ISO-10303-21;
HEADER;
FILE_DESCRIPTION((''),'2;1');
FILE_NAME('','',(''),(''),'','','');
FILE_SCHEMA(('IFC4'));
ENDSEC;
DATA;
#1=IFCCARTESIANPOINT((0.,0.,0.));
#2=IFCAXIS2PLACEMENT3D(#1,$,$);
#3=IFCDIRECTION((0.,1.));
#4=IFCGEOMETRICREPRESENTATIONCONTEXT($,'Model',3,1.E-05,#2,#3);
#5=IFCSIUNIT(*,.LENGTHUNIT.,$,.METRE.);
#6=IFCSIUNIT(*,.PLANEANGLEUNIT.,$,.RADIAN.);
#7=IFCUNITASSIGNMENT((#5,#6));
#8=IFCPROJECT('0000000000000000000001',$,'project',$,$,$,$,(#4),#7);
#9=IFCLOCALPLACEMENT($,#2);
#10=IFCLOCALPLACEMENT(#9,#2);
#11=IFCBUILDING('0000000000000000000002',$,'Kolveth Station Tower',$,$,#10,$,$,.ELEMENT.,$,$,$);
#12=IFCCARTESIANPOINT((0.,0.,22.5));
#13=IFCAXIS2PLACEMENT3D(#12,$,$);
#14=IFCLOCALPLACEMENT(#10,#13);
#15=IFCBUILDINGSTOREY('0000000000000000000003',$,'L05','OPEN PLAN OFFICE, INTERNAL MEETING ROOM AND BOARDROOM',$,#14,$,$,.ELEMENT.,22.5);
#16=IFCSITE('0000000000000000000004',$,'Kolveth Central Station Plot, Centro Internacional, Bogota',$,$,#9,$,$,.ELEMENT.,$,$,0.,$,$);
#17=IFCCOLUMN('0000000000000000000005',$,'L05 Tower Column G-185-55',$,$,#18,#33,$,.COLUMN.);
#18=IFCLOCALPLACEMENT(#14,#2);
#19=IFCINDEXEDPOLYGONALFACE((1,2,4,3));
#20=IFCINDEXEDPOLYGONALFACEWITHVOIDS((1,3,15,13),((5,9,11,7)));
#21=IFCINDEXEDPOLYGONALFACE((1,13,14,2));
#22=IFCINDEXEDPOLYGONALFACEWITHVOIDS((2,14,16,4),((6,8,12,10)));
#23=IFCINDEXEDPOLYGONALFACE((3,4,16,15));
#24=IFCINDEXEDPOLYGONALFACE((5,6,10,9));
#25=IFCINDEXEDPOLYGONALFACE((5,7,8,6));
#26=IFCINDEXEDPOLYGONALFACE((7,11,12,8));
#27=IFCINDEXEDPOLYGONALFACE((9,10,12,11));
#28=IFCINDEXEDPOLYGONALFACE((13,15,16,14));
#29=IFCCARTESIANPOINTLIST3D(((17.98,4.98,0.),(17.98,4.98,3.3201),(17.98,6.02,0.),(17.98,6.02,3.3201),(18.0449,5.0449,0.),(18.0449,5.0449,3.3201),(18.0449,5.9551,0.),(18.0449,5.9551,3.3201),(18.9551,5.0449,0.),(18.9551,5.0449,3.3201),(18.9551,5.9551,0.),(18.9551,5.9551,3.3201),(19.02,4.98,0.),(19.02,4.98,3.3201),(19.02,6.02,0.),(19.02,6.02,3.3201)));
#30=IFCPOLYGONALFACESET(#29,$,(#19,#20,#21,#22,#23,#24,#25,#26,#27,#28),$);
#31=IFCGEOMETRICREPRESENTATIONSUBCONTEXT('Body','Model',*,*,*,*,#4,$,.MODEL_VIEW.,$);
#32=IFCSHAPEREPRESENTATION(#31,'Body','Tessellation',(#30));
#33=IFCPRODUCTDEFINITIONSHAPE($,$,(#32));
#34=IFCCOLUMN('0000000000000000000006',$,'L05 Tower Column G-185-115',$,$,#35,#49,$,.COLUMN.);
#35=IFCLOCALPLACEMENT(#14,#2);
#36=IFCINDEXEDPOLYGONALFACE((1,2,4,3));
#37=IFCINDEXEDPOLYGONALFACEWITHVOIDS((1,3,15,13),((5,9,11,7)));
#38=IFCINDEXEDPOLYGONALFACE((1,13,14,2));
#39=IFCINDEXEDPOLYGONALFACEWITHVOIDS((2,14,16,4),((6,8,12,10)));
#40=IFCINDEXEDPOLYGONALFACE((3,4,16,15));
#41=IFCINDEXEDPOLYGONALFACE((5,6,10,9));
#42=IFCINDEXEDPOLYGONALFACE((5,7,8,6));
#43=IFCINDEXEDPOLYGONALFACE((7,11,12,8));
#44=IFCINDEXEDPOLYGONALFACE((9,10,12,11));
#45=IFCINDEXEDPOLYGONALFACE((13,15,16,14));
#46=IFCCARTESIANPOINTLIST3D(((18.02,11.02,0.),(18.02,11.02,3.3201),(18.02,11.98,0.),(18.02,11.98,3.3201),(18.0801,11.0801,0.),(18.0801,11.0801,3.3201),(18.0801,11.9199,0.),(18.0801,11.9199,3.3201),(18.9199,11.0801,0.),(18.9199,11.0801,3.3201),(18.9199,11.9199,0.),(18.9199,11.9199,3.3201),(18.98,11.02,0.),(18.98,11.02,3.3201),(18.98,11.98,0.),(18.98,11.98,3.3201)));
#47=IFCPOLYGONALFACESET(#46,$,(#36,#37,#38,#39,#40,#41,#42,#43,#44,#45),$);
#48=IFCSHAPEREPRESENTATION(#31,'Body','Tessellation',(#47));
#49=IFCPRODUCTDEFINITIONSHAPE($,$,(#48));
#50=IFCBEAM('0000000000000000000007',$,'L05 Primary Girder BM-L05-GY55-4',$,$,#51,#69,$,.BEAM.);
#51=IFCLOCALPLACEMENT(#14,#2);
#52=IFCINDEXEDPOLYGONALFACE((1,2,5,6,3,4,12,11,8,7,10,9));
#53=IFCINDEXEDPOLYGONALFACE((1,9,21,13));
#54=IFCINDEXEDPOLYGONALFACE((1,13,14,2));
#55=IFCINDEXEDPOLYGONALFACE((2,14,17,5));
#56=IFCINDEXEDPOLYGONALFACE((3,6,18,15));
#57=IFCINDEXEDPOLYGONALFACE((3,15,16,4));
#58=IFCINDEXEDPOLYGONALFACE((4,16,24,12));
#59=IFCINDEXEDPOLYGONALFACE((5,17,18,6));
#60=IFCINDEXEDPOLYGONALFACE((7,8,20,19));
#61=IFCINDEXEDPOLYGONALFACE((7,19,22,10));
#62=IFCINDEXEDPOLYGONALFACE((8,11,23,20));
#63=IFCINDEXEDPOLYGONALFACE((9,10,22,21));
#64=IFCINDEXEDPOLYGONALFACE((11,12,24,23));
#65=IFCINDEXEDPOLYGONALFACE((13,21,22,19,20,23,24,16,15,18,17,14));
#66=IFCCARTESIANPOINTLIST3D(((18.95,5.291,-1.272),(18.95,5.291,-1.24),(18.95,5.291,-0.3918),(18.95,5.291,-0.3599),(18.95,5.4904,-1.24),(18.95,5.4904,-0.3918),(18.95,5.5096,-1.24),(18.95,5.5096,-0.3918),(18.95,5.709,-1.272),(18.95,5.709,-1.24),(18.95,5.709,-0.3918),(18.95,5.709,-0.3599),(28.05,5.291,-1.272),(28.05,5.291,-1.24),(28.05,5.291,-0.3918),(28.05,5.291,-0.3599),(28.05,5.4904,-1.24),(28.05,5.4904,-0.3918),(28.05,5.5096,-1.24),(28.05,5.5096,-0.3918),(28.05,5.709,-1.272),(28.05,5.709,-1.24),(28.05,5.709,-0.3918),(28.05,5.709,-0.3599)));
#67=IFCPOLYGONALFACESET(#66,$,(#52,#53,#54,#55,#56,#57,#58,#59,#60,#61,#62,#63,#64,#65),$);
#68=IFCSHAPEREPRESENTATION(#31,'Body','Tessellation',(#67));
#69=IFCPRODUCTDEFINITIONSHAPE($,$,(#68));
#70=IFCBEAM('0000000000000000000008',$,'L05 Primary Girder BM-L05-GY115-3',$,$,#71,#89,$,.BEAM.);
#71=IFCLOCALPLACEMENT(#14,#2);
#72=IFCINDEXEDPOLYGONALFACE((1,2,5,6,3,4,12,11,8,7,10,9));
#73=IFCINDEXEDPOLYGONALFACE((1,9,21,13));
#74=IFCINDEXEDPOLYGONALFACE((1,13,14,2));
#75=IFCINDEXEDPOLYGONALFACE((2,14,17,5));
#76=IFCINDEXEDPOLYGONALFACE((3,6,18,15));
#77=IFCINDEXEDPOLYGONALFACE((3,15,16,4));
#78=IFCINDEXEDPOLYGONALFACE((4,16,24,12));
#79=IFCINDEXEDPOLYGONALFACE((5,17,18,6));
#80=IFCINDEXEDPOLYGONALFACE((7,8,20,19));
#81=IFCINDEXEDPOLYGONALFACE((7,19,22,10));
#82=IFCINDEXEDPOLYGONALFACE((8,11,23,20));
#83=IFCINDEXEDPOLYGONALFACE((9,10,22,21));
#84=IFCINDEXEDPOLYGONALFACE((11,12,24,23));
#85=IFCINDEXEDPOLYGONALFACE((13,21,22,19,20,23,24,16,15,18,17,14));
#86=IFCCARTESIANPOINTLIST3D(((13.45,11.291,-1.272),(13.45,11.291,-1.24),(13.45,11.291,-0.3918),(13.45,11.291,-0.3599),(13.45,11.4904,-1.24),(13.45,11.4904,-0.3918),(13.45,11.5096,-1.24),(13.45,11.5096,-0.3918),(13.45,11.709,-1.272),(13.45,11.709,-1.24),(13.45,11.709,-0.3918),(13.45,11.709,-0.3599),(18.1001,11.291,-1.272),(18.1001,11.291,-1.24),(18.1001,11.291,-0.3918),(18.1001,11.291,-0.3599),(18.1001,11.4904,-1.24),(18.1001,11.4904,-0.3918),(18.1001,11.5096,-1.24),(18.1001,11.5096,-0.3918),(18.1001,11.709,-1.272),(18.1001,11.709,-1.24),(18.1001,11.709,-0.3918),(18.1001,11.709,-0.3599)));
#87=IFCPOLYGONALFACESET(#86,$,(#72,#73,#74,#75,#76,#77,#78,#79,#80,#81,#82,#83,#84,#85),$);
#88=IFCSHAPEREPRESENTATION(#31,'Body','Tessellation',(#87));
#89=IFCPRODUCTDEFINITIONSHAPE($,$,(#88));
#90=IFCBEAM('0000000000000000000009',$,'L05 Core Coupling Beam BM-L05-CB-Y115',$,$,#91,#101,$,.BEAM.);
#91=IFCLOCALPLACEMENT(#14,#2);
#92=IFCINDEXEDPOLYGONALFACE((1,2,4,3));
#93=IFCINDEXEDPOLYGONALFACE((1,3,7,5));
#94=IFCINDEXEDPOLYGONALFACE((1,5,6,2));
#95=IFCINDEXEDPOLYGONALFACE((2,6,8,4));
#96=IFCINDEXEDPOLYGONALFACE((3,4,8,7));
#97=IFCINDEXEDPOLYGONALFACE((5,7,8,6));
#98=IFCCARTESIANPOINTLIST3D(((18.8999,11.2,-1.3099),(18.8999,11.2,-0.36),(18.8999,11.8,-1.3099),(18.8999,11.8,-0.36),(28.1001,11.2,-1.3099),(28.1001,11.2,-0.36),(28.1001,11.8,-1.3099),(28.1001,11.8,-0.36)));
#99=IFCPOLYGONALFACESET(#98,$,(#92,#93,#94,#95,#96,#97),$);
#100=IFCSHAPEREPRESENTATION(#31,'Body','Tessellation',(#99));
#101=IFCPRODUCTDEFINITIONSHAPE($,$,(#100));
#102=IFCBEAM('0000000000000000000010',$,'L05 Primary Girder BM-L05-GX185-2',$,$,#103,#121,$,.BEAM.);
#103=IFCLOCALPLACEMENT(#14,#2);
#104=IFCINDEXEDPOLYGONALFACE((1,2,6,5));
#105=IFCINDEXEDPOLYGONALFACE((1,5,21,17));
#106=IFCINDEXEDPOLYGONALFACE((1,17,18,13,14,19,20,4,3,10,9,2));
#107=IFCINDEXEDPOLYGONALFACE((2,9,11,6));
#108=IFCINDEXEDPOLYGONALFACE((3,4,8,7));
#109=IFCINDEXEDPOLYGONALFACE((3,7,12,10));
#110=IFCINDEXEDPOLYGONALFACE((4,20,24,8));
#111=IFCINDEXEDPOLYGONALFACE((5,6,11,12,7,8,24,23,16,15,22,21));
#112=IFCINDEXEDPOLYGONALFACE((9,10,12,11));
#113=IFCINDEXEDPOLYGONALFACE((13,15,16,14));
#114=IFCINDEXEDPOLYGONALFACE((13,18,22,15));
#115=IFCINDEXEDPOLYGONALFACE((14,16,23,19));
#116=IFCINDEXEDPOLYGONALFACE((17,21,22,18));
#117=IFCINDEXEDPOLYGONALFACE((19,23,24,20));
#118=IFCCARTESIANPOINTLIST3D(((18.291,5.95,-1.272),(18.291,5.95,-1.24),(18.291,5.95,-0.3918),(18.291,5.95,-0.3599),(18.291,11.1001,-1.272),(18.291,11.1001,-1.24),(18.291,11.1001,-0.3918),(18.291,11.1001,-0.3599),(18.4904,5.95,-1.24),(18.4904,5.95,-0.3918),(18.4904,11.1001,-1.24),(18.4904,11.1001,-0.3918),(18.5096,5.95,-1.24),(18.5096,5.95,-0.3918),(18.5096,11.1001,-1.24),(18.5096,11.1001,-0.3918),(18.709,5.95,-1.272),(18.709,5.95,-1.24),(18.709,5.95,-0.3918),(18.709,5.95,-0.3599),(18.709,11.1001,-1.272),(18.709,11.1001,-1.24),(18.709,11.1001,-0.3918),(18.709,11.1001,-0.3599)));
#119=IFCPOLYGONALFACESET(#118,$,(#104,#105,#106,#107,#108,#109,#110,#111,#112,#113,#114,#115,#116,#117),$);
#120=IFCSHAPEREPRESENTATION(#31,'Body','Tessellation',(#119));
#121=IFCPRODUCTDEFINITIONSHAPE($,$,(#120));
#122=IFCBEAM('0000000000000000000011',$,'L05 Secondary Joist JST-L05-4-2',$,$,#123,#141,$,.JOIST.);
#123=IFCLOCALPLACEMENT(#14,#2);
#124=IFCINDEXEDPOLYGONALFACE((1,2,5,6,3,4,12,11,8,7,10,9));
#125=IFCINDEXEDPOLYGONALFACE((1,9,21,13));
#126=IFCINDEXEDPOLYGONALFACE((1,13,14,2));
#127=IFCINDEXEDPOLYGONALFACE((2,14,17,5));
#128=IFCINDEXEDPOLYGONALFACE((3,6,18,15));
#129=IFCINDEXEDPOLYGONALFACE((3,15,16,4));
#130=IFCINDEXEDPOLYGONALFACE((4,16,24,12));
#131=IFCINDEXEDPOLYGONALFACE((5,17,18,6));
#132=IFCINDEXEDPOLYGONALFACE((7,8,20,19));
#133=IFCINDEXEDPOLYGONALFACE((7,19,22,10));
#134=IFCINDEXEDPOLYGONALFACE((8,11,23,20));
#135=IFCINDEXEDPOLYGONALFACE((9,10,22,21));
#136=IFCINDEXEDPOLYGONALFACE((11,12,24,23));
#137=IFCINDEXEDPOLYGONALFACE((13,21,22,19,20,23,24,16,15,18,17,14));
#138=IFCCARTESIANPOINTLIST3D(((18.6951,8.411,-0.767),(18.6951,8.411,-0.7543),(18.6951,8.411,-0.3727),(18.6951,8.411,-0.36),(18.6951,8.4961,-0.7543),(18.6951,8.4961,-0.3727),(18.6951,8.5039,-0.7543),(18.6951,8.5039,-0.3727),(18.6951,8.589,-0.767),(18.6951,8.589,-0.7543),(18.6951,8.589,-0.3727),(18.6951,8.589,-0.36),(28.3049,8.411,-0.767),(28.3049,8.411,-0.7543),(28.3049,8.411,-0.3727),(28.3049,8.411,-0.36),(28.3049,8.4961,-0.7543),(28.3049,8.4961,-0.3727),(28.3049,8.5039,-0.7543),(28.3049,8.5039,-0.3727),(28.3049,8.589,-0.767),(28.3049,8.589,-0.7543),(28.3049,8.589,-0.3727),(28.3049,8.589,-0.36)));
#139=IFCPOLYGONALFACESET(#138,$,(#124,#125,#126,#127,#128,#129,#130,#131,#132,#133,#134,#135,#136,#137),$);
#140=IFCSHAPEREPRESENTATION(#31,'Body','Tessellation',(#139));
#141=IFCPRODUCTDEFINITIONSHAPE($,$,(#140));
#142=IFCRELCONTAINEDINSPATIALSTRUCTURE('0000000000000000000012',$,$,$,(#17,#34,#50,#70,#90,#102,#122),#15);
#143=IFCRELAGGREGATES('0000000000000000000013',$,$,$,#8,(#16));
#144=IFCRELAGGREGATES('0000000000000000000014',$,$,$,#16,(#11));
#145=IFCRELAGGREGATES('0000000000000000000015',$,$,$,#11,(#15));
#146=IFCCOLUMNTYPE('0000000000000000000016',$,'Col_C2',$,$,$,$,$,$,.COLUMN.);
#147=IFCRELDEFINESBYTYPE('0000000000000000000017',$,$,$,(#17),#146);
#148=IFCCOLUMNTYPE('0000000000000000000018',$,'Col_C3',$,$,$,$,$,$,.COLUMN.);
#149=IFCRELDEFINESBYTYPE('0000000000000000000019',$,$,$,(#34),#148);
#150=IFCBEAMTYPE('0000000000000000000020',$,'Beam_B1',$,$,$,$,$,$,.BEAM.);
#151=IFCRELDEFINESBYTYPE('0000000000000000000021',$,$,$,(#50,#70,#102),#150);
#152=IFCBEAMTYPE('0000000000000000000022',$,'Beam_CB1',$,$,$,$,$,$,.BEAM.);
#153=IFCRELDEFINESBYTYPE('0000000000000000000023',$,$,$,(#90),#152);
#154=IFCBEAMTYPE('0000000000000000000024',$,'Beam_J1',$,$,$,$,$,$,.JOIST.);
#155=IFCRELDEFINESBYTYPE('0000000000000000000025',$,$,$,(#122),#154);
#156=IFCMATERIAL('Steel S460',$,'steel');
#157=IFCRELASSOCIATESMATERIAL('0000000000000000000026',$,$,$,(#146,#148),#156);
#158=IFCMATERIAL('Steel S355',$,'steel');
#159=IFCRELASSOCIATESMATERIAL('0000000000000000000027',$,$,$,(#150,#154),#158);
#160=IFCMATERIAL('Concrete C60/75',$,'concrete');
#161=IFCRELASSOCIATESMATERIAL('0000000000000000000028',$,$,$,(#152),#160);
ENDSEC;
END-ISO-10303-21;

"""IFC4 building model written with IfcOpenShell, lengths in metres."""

from ifc_helpers import new_model, si_unit, direction, frame, origin, origin_2d, place, context, subcontext, project, spatial, rectangle, hollow_rectangle, i_section, extrude, source, transform, mapped, material, material_profile, profile_set, type_object, element, save


model = new_model("IFC4")

# Units and contexts
model_context = context("Model", 3, precision=1e-05, world=origin(), true_north=direction((0.0, 1.0)))
body_context = subcontext(model_context, "Body", "Model", "MODEL_VIEW")
ifc_project = project(units=[si_unit("LENGTHUNIT", "METRE"), si_unit("PLANEANGLEUNIT", "RADIAN")], contexts=[model_context])

# Site, building, storey
site_placement = place(None, origin())
site = spatial("IfcSite", under=ifc_project, at=site_placement, Name="Kolveth Central Station Plot, Centro Internacional, Bogota", CompositionType="ELEMENT", RefElevation=0.0)
building_placement = place(site_placement, origin())
building = spatial("IfcBuilding", under=site, at=building_placement, Name="Kolveth Station Tower", CompositionType="ELEMENT")
storey_placement = place(building_placement, frame((0.0, 0.0, 22.5)))
storey = spatial("IfcBuildingStorey", under=building, at=storey_placement, Name="L05", Description="OPEN PLAN OFFICE, INTERNAL MEETING ROOM AND BOARDROOM", CompositionType="ELEMENT", Elevation=22.5)

# Columns
ifc_material_1 = material(Name="Steel S460", Category="steel")
ifc_material_profile_1 = material_profile(ifc_material_1, hollow_rectangle(XDim=1.04, YDim=1.04, WallThickness=0.0649, at=origin_2d()), Name="BOX1040x1040x65")
ifc_profile_set_1 = profile_set([ifc_material_profile_1], Name="Steel S460")
column_type_1 = type_object("IfcColumnType", Name="Col_C2", PredefinedType="COLUMN", material=ifc_profile_set_1)
shared_shape_1 = source(origin(), body_context, "Body", "SweptSolid", [
    extrude(hollow_rectangle(XDim=1.04, YDim=1.04, WallThickness=0.0649, at=origin_2d()), origin(), (0.0, 0.0, 1.0), 3.3201),
])
column_1_placement = place(storey_placement, frame((18.5, 5.5, 0.0), z_axis=(0.0, 0.0, 1.0), x_axis=(1.0, 0.0, 0.0)))
element("IfcColumn", 1, at=column_1_placement, inside=storey, type_object=column_type_1, Name="L05 Tower Column G-185-55", PredefinedType="COLUMN", context=body_context, shape_type="MappedRepresentation", body=[
    mapped(shared_shape_1, transform((0.0, 0.0, 0.0), x_axis=(1.0, 0.0, 0.0), y_axis=(0.0, 1.0, 0.0), z_axis=(0.0, 0.0, 1.0), scale=1.0)),
])
ifc_material_profile_2 = material_profile(ifc_material_1, hollow_rectangle(XDim=0.96, YDim=0.96, WallThickness=0.0601, at=origin_2d()), Name="BOX960x960x60")
ifc_profile_set_2 = profile_set([ifc_material_profile_2], Name="Steel S460")
column_type_2 = type_object("IfcColumnType", Name="Col_C3", PredefinedType="COLUMN", material=ifc_profile_set_2)
shared_shape_2 = source(origin(), body_context, "Body", "SweptSolid", [
    extrude(hollow_rectangle(XDim=0.96, YDim=0.96, WallThickness=0.0601, at=origin_2d()), origin(), (0.0, 0.0, 1.0), 3.3201),
])
column_2_placement = place(storey_placement, frame((18.5, 11.5, 0.0), z_axis=(0.0, 0.0, 1.0), x_axis=(1.0, 0.0, 0.0)))
element("IfcColumn", 2, at=column_2_placement, inside=storey, type_object=column_type_2, Name="L05 Tower Column G-185-115", PredefinedType="COLUMN", context=body_context, shape_type="MappedRepresentation", body=[
    mapped(shared_shape_2, transform((0.0, 0.0, 0.0), x_axis=(1.0, 0.0, 0.0), y_axis=(0.0, 1.0, 0.0), z_axis=(0.0, 0.0, 1.0), scale=1.0)),
])

# Beams
ifc_material_2 = material(Name="Steel S355", Category="steel")
ifc_material_profile_3 = material_profile(ifc_material_2, i_section(OverallWidth=0.418, OverallDepth=0.9121, WebThickness=0.0193, FlangeThickness=0.032, at=origin_2d()), Name="W920x342")
ifc_profile_set_3 = profile_set([ifc_material_profile_3], Name="Steel S355")
beam_type_1 = type_object("IfcBeamType", Name="Beam_B1", PredefinedType="BEAM", material=ifc_profile_set_3)
shared_shape_3 = source(origin(), body_context, "Body", "SweptSolid", [
    extrude(i_section(OverallWidth=0.418, OverallDepth=0.9121, WebThickness=0.0193, FlangeThickness=0.032, at=origin_2d()), origin(), (0.0, 0.0, 1.0), 9.1001),
])
beam_1_placement = place(storey_placement, frame((18.95, 5.5, -0.8159), z_axis=(1.0, 0.0, 0.0), x_axis=(0.0, 1.0, 0.0)))
element("IfcBeam", 3, at=beam_1_placement, inside=storey, type_object=beam_type_1, Name="L05 Primary Girder BM-L05-GY55-4", PredefinedType="BEAM", context=body_context, shape_type="MappedRepresentation", body=[
    mapped(shared_shape_3, transform((0.0, 0.0, 0.0), x_axis=(1.0, 0.0, 0.0), y_axis=(0.0, 1.0, 0.0), z_axis=(0.0, 0.0, 1.0), scale=1.0)),
])
shared_shape_4 = source(origin(), body_context, "Body", "SweptSolid", [
    extrude(i_section(OverallWidth=0.418, OverallDepth=0.9121, WebThickness=0.0193, FlangeThickness=0.032, at=origin_2d()), origin(), (0.0, 0.0, 1.0), 4.6501),
])
beam_2_placement = place(storey_placement, frame((13.45, 11.5, -0.8159), z_axis=(1.0, 0.0, 0.0), x_axis=(0.0, 1.0, 0.0)))
element("IfcBeam", 4, at=beam_2_placement, inside=storey, type_object=beam_type_1, Name="L05 Primary Girder BM-L05-GY115-3", PredefinedType="BEAM", context=body_context, shape_type="MappedRepresentation", body=[
    mapped(shared_shape_4, transform((0.0, 0.0, 0.0), x_axis=(1.0, 0.0, 0.0), y_axis=(0.0, 1.0, 0.0), z_axis=(0.0, 0.0, 1.0), scale=1.0)),
])
ifc_material_3 = material(Name="Concrete C60/75", Category="concrete")
ifc_material_profile_4 = material_profile(ifc_material_3, rectangle(XDim=0.6001, YDim=0.95, at=origin_2d()), Name="RC-600x950")
ifc_profile_set_4 = profile_set([ifc_material_profile_4], Name="Concrete C60/75")
beam_type_2 = type_object("IfcBeamType", Name="Beam_CB1", PredefinedType="BEAM", material=ifc_profile_set_4)
shared_shape_5 = source(origin(), body_context, "Body", "SweptSolid", [
    extrude(rectangle(XDim=0.6001, YDim=0.95, at=origin_2d()), origin(), (0.0, 0.0, 1.0), 9.2002),
])
beam_3_placement = place(storey_placement, frame((18.8999, 11.5, -0.835), z_axis=(1.0, 0.0, 0.0), x_axis=(0.0, 1.0, 0.0)))
element("IfcBeam", 5, at=beam_3_placement, inside=storey, type_object=beam_type_2, Name="L05 Core Coupling Beam BM-L05-CB-Y115", PredefinedType="BEAM", context=body_context, shape_type="MappedRepresentation", body=[
    mapped(shared_shape_5, transform((0.0, 0.0, 0.0), x_axis=(1.0, 0.0, 0.0), y_axis=(0.0, 1.0, 0.0), z_axis=(0.0, 0.0, 1.0), scale=1.0)),
])
shared_shape_6 = source(origin(), body_context, "Body", "SweptSolid", [
    extrude(i_section(OverallWidth=0.418, OverallDepth=0.9121, WebThickness=0.0193, FlangeThickness=0.032, at=origin_2d()), origin(), (0.0, 0.0, 1.0), 5.1501),
])
beam_4_placement = place(storey_placement, frame((18.5, 5.95, -0.8159), z_axis=(0.0, 1.0, 0.0), x_axis=(-1.0, 0.0, 0.0)))
element("IfcBeam", 6, at=beam_4_placement, inside=storey, type_object=beam_type_1, Name="L05 Primary Girder BM-L05-GX185-2", PredefinedType="BEAM", context=body_context, shape_type="MappedRepresentation", body=[
    mapped(shared_shape_6, transform((0.0, 0.0, 0.0), x_axis=(1.0, 0.0, 0.0), y_axis=(0.0, 1.0, 0.0), z_axis=(0.0, 0.0, 1.0), scale=1.0)),
])
ifc_material_profile_5 = material_profile(ifc_material_2, i_section(OverallWidth=0.178, OverallDepth=0.407, WebThickness=0.0078, FlangeThickness=0.0127, at=origin_2d()), Name="W410x60")
ifc_profile_set_5 = profile_set([ifc_material_profile_5], Name="Steel S355")
beam_type_3 = type_object("IfcBeamType", Name="Beam_J1", PredefinedType="JOIST", material=ifc_profile_set_5)
shared_shape_7 = source(origin(), body_context, "Body", "SweptSolid", [
    extrude(i_section(OverallWidth=0.178, OverallDepth=0.407, WebThickness=0.0078, FlangeThickness=0.0127, at=origin_2d()), origin(), (0.0, 0.0, 1.0), 9.6099),
])
beam_5_placement = place(storey_placement, frame((18.6951, 8.5, -0.5635), z_axis=(1.0, 0.0, 0.0), x_axis=(0.0, 1.0, 0.0)))
element("IfcBeam", 7, at=beam_5_placement, inside=storey, type_object=beam_type_3, Name="L05 Secondary Joist JST-L05-4-2", PredefinedType="JOIST", context=body_context, shape_type="MappedRepresentation", body=[
    mapped(shared_shape_7, transform((0.0, 0.0, 0.0), x_axis=(1.0, 0.0, 0.0), y_axis=(0.0, 1.0, 0.0), z_axis=(0.0, 0.0, 1.0), scale=1.0)),
])

save(model, "model.ifc")
